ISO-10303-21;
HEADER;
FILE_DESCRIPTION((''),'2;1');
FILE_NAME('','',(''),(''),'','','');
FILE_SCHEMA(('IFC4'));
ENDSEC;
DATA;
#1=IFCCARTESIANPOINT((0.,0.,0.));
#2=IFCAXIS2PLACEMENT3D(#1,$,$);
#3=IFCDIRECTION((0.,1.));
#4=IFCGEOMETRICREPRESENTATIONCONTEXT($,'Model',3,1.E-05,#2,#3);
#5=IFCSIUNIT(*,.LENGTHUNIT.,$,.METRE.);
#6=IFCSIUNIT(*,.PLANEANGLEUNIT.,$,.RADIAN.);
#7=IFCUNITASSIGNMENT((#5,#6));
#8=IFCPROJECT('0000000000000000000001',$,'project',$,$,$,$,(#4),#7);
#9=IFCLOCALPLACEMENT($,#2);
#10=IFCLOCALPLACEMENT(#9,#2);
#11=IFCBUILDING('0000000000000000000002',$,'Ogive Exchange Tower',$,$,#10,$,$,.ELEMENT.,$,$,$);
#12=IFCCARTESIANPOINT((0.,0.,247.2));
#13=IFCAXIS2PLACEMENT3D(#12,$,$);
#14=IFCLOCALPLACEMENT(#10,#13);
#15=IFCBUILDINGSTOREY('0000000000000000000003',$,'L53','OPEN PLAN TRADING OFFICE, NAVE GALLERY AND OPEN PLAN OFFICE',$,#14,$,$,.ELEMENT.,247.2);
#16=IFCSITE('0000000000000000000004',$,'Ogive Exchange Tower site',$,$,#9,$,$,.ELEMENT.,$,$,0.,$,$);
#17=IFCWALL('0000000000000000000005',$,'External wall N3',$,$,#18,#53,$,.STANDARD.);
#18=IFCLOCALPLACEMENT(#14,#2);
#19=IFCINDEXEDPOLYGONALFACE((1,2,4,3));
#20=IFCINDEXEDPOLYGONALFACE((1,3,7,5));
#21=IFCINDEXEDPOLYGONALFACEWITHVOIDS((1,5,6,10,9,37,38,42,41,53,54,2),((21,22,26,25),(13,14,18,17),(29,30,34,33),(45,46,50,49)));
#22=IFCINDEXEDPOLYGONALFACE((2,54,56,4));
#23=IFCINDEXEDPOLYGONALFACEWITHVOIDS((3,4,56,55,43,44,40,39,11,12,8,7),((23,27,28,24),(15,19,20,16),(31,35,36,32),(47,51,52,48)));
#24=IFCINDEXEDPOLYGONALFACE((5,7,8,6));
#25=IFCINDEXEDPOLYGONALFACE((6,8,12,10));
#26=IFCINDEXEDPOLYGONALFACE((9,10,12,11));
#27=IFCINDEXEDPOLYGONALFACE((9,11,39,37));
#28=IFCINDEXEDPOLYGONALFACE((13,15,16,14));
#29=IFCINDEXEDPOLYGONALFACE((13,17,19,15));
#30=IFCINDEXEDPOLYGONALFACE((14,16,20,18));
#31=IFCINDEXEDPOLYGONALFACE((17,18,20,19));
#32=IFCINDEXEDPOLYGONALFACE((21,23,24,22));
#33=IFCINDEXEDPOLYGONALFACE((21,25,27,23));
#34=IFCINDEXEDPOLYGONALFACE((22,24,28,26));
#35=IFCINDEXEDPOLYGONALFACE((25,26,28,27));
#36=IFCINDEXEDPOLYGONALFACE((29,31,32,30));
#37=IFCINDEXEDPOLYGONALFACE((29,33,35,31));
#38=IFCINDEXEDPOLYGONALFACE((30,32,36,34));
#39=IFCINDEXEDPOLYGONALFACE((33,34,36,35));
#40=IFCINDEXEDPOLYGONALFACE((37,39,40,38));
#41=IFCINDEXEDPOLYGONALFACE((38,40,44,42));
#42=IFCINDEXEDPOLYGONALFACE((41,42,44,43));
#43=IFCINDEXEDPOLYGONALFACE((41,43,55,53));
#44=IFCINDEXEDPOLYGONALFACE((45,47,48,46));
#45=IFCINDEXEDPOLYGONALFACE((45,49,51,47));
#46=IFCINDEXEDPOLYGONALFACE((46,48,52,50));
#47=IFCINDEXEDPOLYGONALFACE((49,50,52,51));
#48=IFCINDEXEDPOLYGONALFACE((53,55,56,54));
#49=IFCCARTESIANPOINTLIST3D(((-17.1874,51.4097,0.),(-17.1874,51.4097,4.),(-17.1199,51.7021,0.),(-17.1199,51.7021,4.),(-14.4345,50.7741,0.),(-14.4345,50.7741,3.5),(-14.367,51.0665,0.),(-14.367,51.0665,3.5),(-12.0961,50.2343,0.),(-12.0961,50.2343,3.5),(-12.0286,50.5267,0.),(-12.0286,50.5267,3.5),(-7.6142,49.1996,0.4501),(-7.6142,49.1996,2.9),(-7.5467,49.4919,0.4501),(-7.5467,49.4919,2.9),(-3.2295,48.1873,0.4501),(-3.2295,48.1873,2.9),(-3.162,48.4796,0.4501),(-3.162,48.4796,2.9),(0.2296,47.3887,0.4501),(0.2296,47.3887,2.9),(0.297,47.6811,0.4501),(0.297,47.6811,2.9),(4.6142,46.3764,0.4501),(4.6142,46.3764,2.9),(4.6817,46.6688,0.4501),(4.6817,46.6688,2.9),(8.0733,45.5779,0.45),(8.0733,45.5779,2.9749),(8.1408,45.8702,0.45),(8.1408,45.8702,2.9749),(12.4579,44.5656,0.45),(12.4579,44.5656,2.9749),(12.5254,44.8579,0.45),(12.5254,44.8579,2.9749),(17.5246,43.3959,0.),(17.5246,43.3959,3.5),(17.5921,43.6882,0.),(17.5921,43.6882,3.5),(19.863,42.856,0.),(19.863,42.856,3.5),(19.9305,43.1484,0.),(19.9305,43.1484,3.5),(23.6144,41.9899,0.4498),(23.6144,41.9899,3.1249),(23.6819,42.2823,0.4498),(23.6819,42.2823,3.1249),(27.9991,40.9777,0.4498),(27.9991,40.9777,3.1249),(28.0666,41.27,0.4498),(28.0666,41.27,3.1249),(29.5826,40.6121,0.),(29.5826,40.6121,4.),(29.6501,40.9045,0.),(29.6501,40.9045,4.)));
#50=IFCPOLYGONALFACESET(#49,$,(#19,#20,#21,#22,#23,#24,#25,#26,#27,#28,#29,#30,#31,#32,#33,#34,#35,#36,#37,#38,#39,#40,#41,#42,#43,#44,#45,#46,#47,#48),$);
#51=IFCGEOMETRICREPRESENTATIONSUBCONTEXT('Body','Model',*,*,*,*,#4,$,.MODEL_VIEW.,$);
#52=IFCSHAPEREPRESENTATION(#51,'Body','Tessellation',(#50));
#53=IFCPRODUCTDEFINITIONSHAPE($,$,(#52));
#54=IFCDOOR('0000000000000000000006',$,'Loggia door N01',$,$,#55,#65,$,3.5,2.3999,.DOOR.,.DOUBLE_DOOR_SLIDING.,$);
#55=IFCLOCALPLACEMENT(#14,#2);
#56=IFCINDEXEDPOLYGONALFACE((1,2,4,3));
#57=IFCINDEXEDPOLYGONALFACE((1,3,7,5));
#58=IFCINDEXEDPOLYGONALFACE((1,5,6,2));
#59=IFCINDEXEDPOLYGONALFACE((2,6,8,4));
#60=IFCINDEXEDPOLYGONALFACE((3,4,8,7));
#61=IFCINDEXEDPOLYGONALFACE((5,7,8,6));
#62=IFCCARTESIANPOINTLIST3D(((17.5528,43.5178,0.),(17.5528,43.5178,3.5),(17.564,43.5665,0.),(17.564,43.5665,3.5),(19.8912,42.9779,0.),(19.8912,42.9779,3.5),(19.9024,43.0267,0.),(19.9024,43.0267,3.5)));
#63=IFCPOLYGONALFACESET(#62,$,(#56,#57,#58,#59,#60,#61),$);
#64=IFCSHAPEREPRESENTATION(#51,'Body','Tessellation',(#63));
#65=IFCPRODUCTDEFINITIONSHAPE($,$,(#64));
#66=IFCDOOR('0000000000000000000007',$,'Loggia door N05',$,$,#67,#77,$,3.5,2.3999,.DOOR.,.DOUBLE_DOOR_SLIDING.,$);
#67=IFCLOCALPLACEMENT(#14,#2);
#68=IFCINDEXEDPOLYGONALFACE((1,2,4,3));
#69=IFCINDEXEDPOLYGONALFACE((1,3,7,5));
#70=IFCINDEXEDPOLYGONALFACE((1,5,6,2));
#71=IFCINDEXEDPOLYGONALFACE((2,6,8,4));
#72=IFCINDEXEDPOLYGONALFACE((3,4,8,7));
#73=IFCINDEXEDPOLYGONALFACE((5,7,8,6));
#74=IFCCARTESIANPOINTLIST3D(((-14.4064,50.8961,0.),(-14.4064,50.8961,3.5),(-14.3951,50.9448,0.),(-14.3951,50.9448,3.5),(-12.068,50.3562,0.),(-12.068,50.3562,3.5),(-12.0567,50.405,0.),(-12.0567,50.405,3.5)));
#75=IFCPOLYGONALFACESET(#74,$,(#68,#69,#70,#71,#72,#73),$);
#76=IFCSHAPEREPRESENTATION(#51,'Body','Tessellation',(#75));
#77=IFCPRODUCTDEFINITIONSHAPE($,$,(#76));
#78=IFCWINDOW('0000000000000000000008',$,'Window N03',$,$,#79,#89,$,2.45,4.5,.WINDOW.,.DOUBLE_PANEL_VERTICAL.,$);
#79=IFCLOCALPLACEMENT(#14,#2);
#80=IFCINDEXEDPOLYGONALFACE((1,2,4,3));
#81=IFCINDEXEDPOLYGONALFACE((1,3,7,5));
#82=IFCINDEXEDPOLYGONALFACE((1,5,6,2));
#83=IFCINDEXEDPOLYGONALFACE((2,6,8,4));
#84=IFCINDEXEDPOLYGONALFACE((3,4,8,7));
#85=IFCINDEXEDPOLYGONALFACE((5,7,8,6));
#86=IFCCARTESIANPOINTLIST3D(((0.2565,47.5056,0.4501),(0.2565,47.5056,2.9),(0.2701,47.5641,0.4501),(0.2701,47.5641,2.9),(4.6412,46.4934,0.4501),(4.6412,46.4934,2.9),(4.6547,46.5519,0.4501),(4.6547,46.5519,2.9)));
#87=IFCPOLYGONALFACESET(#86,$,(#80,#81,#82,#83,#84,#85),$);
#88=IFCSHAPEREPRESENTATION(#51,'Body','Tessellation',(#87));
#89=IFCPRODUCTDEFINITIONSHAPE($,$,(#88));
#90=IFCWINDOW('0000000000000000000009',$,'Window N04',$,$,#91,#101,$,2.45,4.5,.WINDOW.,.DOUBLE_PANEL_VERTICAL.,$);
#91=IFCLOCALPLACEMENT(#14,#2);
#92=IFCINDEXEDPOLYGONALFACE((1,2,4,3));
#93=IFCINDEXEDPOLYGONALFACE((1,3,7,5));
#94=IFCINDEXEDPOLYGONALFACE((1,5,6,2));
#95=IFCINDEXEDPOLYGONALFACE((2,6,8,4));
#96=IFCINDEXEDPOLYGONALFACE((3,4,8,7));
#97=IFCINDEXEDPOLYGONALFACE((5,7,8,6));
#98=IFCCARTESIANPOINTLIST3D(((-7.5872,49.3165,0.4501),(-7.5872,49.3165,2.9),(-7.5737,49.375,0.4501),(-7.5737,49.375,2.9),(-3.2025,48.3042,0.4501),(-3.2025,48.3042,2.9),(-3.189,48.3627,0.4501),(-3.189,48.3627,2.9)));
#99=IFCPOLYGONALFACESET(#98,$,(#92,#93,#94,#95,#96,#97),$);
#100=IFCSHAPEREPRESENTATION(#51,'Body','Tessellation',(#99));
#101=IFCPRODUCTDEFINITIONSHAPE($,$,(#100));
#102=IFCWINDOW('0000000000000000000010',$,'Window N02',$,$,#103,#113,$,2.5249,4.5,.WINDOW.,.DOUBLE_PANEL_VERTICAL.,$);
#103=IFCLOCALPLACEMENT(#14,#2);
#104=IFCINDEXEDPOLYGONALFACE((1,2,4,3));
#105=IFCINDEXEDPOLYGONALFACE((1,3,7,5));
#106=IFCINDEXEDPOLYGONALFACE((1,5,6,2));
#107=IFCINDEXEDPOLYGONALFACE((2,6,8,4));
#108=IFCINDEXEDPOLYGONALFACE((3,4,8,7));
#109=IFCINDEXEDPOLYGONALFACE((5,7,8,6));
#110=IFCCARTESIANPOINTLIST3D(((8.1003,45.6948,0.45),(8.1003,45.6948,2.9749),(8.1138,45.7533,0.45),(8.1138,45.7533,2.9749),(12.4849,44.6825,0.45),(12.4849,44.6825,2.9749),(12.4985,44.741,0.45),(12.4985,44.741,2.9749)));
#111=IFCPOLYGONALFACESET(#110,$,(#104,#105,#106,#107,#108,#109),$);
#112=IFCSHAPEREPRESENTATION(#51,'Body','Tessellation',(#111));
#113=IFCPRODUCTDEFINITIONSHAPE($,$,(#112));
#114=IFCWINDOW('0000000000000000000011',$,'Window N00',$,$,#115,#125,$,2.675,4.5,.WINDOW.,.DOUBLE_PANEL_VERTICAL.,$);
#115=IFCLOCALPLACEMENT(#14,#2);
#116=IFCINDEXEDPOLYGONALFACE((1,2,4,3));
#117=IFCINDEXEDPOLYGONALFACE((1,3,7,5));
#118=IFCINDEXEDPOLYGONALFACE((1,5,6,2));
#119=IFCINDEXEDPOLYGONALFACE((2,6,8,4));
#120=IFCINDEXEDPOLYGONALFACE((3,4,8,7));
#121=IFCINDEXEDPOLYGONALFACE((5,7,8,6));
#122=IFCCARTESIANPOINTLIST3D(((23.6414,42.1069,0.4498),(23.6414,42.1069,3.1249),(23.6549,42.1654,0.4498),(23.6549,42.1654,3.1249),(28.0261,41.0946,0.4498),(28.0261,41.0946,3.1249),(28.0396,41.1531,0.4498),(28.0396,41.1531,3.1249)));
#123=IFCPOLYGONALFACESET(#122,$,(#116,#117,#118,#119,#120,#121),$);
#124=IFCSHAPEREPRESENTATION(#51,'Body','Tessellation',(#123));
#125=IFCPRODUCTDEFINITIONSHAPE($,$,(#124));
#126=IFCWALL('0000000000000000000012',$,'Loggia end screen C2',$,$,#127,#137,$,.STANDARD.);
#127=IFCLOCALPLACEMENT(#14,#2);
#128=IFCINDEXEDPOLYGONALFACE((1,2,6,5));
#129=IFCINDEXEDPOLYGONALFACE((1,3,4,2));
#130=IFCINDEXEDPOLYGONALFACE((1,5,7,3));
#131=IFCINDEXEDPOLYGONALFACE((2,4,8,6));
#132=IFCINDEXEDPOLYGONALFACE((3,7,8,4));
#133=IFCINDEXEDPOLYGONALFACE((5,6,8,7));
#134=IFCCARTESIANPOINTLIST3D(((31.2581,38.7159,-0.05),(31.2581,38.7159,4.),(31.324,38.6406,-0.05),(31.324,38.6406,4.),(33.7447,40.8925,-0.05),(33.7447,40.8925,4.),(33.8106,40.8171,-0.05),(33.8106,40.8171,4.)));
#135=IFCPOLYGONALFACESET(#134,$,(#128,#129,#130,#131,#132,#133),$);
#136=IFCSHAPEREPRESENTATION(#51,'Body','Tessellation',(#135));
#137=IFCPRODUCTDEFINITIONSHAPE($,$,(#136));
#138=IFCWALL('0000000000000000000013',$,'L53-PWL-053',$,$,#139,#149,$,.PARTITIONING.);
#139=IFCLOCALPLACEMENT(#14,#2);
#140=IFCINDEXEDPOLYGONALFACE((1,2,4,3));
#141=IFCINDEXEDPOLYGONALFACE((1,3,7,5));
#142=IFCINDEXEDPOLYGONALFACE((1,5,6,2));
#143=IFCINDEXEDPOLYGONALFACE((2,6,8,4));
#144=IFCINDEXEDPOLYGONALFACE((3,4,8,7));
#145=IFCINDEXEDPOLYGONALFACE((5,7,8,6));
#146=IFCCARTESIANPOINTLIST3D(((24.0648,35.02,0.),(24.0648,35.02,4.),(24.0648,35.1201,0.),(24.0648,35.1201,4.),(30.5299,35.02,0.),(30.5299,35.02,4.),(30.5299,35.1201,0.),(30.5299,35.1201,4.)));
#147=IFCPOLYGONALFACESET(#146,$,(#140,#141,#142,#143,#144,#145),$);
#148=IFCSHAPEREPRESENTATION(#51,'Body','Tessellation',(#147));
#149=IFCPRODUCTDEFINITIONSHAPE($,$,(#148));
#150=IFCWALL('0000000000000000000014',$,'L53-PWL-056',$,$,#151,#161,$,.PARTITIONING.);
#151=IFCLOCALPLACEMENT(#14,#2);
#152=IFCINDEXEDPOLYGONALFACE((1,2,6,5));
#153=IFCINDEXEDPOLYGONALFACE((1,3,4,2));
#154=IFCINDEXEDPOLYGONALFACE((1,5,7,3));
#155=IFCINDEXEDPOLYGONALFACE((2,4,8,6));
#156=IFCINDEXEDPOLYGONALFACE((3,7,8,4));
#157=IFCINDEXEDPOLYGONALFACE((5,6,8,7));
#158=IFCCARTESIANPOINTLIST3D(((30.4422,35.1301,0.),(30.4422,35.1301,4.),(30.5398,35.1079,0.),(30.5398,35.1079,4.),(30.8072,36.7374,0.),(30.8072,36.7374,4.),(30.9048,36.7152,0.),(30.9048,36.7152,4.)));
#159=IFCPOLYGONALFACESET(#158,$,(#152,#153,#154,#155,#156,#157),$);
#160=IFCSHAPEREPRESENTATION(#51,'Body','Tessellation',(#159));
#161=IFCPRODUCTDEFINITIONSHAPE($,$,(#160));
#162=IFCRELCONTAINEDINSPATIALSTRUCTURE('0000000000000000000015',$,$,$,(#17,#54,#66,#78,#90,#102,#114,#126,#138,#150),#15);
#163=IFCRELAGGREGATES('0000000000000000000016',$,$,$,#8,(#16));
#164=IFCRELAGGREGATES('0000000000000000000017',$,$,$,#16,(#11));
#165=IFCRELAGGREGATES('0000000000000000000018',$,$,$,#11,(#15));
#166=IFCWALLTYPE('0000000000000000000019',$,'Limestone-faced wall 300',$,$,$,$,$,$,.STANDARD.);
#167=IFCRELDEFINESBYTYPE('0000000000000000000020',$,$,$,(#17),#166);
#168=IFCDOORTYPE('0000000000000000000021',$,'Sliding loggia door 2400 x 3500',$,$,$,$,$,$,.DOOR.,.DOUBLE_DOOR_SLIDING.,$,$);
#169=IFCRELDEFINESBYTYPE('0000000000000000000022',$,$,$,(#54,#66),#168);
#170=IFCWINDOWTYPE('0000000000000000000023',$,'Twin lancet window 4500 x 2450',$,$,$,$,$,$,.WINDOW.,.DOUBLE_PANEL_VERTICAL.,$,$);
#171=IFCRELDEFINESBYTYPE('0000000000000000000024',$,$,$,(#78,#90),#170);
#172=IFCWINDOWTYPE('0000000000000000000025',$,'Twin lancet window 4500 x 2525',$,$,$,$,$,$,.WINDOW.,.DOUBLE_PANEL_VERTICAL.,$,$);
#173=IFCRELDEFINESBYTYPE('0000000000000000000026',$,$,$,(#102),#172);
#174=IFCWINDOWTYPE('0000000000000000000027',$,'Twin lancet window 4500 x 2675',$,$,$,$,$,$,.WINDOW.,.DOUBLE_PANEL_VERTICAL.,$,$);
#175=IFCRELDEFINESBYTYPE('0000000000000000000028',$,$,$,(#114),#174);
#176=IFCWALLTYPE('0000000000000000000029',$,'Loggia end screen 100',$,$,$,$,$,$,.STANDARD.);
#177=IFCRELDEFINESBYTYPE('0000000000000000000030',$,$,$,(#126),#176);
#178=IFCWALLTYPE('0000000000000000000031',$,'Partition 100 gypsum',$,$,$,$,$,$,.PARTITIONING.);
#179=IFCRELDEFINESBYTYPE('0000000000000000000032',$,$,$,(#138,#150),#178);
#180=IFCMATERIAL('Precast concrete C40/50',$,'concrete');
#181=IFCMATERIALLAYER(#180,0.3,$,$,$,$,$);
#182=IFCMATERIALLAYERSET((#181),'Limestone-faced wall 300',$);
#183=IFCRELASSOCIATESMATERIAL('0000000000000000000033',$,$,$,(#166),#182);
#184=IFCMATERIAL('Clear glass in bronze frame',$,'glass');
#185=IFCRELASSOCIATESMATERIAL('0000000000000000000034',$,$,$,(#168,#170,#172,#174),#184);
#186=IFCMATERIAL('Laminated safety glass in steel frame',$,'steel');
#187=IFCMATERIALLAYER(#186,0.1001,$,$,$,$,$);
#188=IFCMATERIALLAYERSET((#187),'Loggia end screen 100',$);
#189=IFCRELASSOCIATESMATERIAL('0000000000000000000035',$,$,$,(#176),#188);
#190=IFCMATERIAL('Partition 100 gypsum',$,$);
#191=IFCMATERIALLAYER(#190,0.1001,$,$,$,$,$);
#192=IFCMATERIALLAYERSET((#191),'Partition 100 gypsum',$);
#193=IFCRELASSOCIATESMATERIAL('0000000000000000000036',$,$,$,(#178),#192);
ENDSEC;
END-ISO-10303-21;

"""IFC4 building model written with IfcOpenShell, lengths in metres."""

from ifc_helpers import new_model, si_unit, direction, frame, frame_2d, origin, place, context, subcontext, project, spatial, rectangle, extrude, material, layer, layer_set, type_object, element, fill, save


model = new_model("IFC4")

# Units and contexts
model_context = context("Model", 3, precision=1e-05, world=origin(), true_north=direction((0.0, 1.0)))
body_context = subcontext(model_context, "Body", "Model", "MODEL_VIEW")
ifc_project = project(units=[si_unit("LENGTHUNIT", "METRE"), si_unit("PLANEANGLEUNIT", "RADIAN")], contexts=[model_context])

# Site, building, storey
site_placement = place(None, origin())
site = spatial("IfcSite", under=ifc_project, at=site_placement, Name="Ogive Exchange Tower site", CompositionType="ELEMENT", RefElevation=0.0)
building_placement = place(site_placement, origin())
building = spatial("IfcBuilding", under=site, at=building_placement, Name="Ogive Exchange Tower", CompositionType="ELEMENT")
storey_placement = place(building_placement, frame((0.0, 0.0, 247.2)))
storey = spatial("IfcBuildingStorey", under=building, at=storey_placement, Name="L53", Description="OPEN PLAN TRADING OFFICE, NAVE GALLERY AND OPEN PLAN OFFICE", CompositionType="ELEMENT", Elevation=247.2)

# Wall, openings, doors, windows
ifc_material_1 = material(Name="Precast concrete C40/50", Category="concrete")
ifc_layer_1 = layer(ifc_material_1, 0.3)
ifc_layer_set_1 = layer_set([ifc_layer_1], Name="Limestone-faced wall 300")
wall_type_1 = type_object("IfcWallType", Name="Limestone-faced wall 300", PredefinedType="STANDARD", material=ifc_layer_set_1)
wall_1_placement = place(storey_placement, frame((29.6162, 40.7583, 0.0), z_axis=(0.0, 0.0, 1.0), x_axis=(-0.974371, 0.224949, 0.0)))
wall_1 = element("IfcWall", 1, at=wall_1_placement, inside=storey, type_object=wall_type_1, Name="External wall N3", PredefinedType="STANDARD", context=body_context, shape_type="SweptSolid", body=[
    extrude(rectangle(XDim=48.0002, YDim=0.3, at=frame_2d((24.0, 0.0))), origin(), (0.0, 0.0, 1.0), 4.0),
])
opening_1_placement = place(wall_1_placement, frame((1.625, 0.0, 0.45)))
opening_1 = element("IfcOpeningElement", 2, at=opening_1_placement, cuts=wall_1, PredefinedType="OPENING", context=body_context, shape_type="SweptSolid", body=[
    extrude(rectangle(XDim=4.5, YDim=2.675, at=frame_2d((2.25, 1.3374))), frame((0.0, 0.1599, 0.0), z_axis=(0.0, -1.0, 0.0), x_axis=(1.0, 0.0, 0.0)), (0.0, 0.0, 1.0), 0.3201),
])
opening_2_placement = place(wall_1_placement, frame((9.9751, 0.0, 0.0)))
opening_2 = element("IfcOpeningElement", 3, at=opening_2_placement, cuts=wall_1, PredefinedType="OPENING", context=body_context, shape_type="SweptSolid", body=[
    extrude(rectangle(XDim=2.3999, YDim=3.5, at=frame_2d((1.2, 1.75))), frame((0.0, 0.1599, 0.0), z_axis=(0.0, -1.0, 0.0), x_axis=(1.0, 0.0, 0.0)), (0.0, 0.0, 1.0), 0.3201),
])
opening_3_placement = place(wall_1_placement, frame((17.575, 0.0, 0.45)))
opening_3 = element("IfcOpeningElement", 4, at=opening_3_placement, cuts=wall_1, PredefinedType="OPENING", context=body_context, shape_type="SweptSolid", body=[
    extrude(rectangle(XDim=4.5, YDim=2.5249, at=frame_2d((2.25, 1.2625))), frame((0.0, 0.1599, 0.0), z_axis=(0.0, -1.0, 0.0), x_axis=(1.0, 0.0, 0.0)), (0.0, 0.0, 1.0), 0.3201),
])
opening_4_placement = place(wall_1_placement, frame((25.625, 0.0, 0.45)))
opening_4 = element("IfcOpeningElement", 5, at=opening_4_placement, cuts=wall_1, PredefinedType="OPENING", context=body_context, shape_type="SweptSolid", body=[
    extrude(rectangle(XDim=4.5, YDim=2.45, at=frame_2d((2.25, 1.2251))), frame((0.0, 0.1599, 0.0), z_axis=(0.0, -1.0, 0.0), x_axis=(1.0, 0.0, 0.0)), (0.0, 0.0, 1.0), 0.3201),
])
opening_5_placement = place(wall_1_placement, frame((33.675, 0.0, 0.45)))
opening_5 = element("IfcOpeningElement", 6, at=opening_5_placement, cuts=wall_1, PredefinedType="OPENING", context=body_context, shape_type="SweptSolid", body=[
    extrude(rectangle(XDim=4.5, YDim=2.45, at=frame_2d((2.25, 1.2251))), frame((0.0, 0.1599, 0.0), z_axis=(0.0, -1.0, 0.0), x_axis=(1.0, 0.0, 0.0)), (0.0, 0.0, 1.0), 0.3201),
])
opening_6_placement = place(wall_1_placement, frame((42.7749, 0.0, 0.0)))
opening_6 = element("IfcOpeningElement", 7, at=opening_6_placement, cuts=wall_1, PredefinedType="OPENING", context=body_context, shape_type="SweptSolid", body=[
    extrude(rectangle(XDim=2.3999, YDim=3.5, at=frame_2d((1.2, 1.75))), frame((0.0, 0.1599, 0.0), z_axis=(0.0, -1.0, 0.0), x_axis=(1.0, 0.0, 0.0)), (0.0, 0.0, 1.0), 0.3201),
])
ifc_material_2 = material(Name="Clear glass in bronze frame", Category="glass")
door_type_1 = type_object("IfcDoorType", Name="Sliding loggia door 2400 x 3500", OperationType="DOUBLE_DOOR_SLIDING", PredefinedType="DOOR", material=ifc_material_2)
door_1_placement = place(opening_2_placement, origin())
door_1 = element("IfcDoor", 8, at=door_1_placement, inside=storey, type_object=door_type_1, Name="Loggia door N01", OperationType="DOUBLE_DOOR_SLIDING", OverallHeight=3.5, OverallWidth=2.3999, PredefinedType="DOOR", context=body_context, shape_type="SweptSolid", body=[
    extrude(rectangle(XDim=2.3999, YDim=3.5, at=frame_2d((1.2, 1.75))), frame((0.0, 0.0249, 0.0), z_axis=(0.0, -1.0, 0.0), x_axis=(1.0, 0.0, 0.0)), (0.0, 0.0, 1.0), 0.05),
])
fill(opening_2, door_1)
door_2_placement = place(opening_6_placement, origin())
door_2 = element("IfcDoor", 9, at=door_2_placement, inside=storey, type_object=door_type_1, Name="Loggia door N05", OperationType="DOUBLE_DOOR_SLIDING", OverallHeight=3.5, OverallWidth=2.3999, PredefinedType="DOOR", context=body_context, shape_type="SweptSolid", body=[
    extrude(rectangle(XDim=2.3999, YDim=3.5, at=frame_2d((1.2, 1.75))), frame((0.0, 0.0249, 0.0), z_axis=(0.0, -1.0, 0.0), x_axis=(1.0, 0.0, 0.0)), (0.0, 0.0, 1.0), 0.05),
])
fill(opening_6, door_2)
window_type_1 = type_object("IfcWindowType", Name="Twin lancet window 4500 x 2450", PartitioningType="DOUBLE_PANEL_VERTICAL", PredefinedType="WINDOW", material=ifc_material_2)
window_1_placement = place(opening_4_placement, origin())
window_1 = element("IfcWindow", 10, at=window_1_placement, inside=storey, type_object=window_type_1, Name="Window N03", OverallHeight=2.45, OverallWidth=4.5, PartitioningType="DOUBLE_PANEL_VERTICAL", PredefinedType="WINDOW", context=body_context, shape_type="SweptSolid", body=[
    extrude(rectangle(XDim=4.5, YDim=2.45, at=frame_2d((2.25, 1.2251))), frame((0.0, 0.03, 0.0), z_axis=(0.0, -1.0, 0.0), x_axis=(1.0, 0.0, 0.0)), (0.0, 0.0, 1.0), 0.0601),
])
fill(opening_4, window_1)
window_2_placement = place(opening_5_placement, origin())
window_2 = element("IfcWindow", 11, at=window_2_placement, inside=storey, type_object=window_type_1, Name="Window N04", OverallHeight=2.45, OverallWidth=4.5, PartitioningType="DOUBLE_PANEL_VERTICAL", PredefinedType="WINDOW", context=body_context, shape_type="SweptSolid", body=[
    extrude(rectangle(XDim=4.5, YDim=2.45, at=frame_2d((2.25, 1.2251))), frame((0.0, 0.03, 0.0), z_axis=(0.0, -1.0, 0.0), x_axis=(1.0, 0.0, 0.0)), (0.0, 0.0, 1.0), 0.0601),
])
fill(opening_5, window_2)
window_type_2 = type_object("IfcWindowType", Name="Twin lancet window 4500 x 2525", PartitioningType="DOUBLE_PANEL_VERTICAL", PredefinedType="WINDOW", material=ifc_material_2)
window_3_placement = place(opening_3_placement, origin())
window_3 = element("IfcWindow", 12, at=window_3_placement, inside=storey, type_object=window_type_2, Name="Window N02", OverallHeight=2.5249, OverallWidth=4.5, PartitioningType="DOUBLE_PANEL_VERTICAL", PredefinedType="WINDOW", context=body_context, shape_type="SweptSolid", body=[
    extrude(rectangle(XDim=4.5, YDim=2.5249, at=frame_2d((2.25, 1.2625))), frame((0.0, 0.03, 0.0), z_axis=(0.0, -1.0, 0.0), x_axis=(1.0, 0.0, 0.0)), (0.0, 0.0, 1.0), 0.0601),
])
fill(opening_3, window_3)
window_type_3 = type_object("IfcWindowType", Name="Twin lancet window 4500 x 2675", PartitioningType="DOUBLE_PANEL_VERTICAL", PredefinedType="WINDOW", material=ifc_material_2)
window_4_placement = place(opening_1_placement, origin())
window_4 = element("IfcWindow", 13, at=window_4_placement, inside=storey, type_object=window_type_3, Name="Window N00", OverallHeight=2.675, OverallWidth=4.5, PartitioningType="DOUBLE_PANEL_VERTICAL", PredefinedType="WINDOW", context=body_context, shape_type="SweptSolid", body=[
    extrude(rectangle(XDim=4.5, YDim=2.675, at=frame_2d((2.25, 1.3374))), frame((0.0, 0.03, 0.0), z_axis=(0.0, -1.0, 0.0), x_axis=(1.0, 0.0, 0.0)), (0.0, 0.0, 1.0), 0.0601),
])
fill(opening_1, window_4)

# Walls
ifc_material_3 = material(Name="Laminated safety glass in steel frame", Category="steel")
ifc_layer_2 = layer(ifc_material_3, 0.1001)
ifc_layer_set_2 = layer_set([ifc_layer_2], Name="Loggia end screen 100")
wall_type_2 = type_object("IfcWallType", Name="Loggia end screen 100", PredefinedType="STANDARD", material=ifc_layer_set_2)
wall_2_placement = place(storey_placement, frame((31.291, 38.6782, -0.05), z_axis=(0.0, 0.0, 1.0), x_axis=(0.752462, 0.658635, 0.0)))
element("IfcWall", 14, at=wall_2_placement, inside=storey, type_object=wall_type_2, Name="Loggia end screen C2", PredefinedType="STANDARD", context=body_context, shape_type="SweptSolid", body=[
    extrude(rectangle(XDim=3.3047, YDim=0.1001, at=frame_2d((1.6523, 0.0))), origin(), (0.0, 0.0, 1.0), 4.05),
])
ifc_material_4 = material(Name="Partition 100 gypsum")
ifc_layer_3 = layer(ifc_material_4, 0.1001)
ifc_layer_set_3 = layer_set([ifc_layer_3], Name="Partition 100 gypsum")
wall_type_3 = type_object("IfcWallType", Name="Partition 100 gypsum", PredefinedType="PARTITIONING", material=ifc_layer_set_3)
wall_3_placement = place(storey_placement, frame((24.0649, 35.0701, 0.0), z_axis=(0.0, 0.0, 1.0), x_axis=(1.0, 0.0, 0.0)))
element("IfcWall", 15, at=wall_3_placement, inside=storey, type_object=wall_type_3, Name="L53-PWL-053", PredefinedType="PARTITIONING", context=body_context, shape_type="SweptSolid", body=[
    extrude(rectangle(XDim=6.4651, YDim=0.1001, at=frame_2d((3.2324, 0.0))), origin(), (0.0, 0.0, 1.0), 4.0),
])
wall_4_placement = place(storey_placement, frame((30.491, 35.1189, 0.0), z_axis=(0.0, 0.0, 1.0), x_axis=(0.221461, 0.975169, 0.0)))
element("IfcWall", 16, at=wall_4_placement, inside=storey, type_object=wall_type_3, Name="L53-PWL-056", PredefinedType="PARTITIONING", context=body_context, shape_type="SweptSolid", body=[
    extrude(rectangle(XDim=1.6482, YDim=0.1001, at=frame_2d((0.8242, 0.0))), origin(), (0.0, 0.0, 1.0), 4.0),
])

save(model, "model.ifc")
